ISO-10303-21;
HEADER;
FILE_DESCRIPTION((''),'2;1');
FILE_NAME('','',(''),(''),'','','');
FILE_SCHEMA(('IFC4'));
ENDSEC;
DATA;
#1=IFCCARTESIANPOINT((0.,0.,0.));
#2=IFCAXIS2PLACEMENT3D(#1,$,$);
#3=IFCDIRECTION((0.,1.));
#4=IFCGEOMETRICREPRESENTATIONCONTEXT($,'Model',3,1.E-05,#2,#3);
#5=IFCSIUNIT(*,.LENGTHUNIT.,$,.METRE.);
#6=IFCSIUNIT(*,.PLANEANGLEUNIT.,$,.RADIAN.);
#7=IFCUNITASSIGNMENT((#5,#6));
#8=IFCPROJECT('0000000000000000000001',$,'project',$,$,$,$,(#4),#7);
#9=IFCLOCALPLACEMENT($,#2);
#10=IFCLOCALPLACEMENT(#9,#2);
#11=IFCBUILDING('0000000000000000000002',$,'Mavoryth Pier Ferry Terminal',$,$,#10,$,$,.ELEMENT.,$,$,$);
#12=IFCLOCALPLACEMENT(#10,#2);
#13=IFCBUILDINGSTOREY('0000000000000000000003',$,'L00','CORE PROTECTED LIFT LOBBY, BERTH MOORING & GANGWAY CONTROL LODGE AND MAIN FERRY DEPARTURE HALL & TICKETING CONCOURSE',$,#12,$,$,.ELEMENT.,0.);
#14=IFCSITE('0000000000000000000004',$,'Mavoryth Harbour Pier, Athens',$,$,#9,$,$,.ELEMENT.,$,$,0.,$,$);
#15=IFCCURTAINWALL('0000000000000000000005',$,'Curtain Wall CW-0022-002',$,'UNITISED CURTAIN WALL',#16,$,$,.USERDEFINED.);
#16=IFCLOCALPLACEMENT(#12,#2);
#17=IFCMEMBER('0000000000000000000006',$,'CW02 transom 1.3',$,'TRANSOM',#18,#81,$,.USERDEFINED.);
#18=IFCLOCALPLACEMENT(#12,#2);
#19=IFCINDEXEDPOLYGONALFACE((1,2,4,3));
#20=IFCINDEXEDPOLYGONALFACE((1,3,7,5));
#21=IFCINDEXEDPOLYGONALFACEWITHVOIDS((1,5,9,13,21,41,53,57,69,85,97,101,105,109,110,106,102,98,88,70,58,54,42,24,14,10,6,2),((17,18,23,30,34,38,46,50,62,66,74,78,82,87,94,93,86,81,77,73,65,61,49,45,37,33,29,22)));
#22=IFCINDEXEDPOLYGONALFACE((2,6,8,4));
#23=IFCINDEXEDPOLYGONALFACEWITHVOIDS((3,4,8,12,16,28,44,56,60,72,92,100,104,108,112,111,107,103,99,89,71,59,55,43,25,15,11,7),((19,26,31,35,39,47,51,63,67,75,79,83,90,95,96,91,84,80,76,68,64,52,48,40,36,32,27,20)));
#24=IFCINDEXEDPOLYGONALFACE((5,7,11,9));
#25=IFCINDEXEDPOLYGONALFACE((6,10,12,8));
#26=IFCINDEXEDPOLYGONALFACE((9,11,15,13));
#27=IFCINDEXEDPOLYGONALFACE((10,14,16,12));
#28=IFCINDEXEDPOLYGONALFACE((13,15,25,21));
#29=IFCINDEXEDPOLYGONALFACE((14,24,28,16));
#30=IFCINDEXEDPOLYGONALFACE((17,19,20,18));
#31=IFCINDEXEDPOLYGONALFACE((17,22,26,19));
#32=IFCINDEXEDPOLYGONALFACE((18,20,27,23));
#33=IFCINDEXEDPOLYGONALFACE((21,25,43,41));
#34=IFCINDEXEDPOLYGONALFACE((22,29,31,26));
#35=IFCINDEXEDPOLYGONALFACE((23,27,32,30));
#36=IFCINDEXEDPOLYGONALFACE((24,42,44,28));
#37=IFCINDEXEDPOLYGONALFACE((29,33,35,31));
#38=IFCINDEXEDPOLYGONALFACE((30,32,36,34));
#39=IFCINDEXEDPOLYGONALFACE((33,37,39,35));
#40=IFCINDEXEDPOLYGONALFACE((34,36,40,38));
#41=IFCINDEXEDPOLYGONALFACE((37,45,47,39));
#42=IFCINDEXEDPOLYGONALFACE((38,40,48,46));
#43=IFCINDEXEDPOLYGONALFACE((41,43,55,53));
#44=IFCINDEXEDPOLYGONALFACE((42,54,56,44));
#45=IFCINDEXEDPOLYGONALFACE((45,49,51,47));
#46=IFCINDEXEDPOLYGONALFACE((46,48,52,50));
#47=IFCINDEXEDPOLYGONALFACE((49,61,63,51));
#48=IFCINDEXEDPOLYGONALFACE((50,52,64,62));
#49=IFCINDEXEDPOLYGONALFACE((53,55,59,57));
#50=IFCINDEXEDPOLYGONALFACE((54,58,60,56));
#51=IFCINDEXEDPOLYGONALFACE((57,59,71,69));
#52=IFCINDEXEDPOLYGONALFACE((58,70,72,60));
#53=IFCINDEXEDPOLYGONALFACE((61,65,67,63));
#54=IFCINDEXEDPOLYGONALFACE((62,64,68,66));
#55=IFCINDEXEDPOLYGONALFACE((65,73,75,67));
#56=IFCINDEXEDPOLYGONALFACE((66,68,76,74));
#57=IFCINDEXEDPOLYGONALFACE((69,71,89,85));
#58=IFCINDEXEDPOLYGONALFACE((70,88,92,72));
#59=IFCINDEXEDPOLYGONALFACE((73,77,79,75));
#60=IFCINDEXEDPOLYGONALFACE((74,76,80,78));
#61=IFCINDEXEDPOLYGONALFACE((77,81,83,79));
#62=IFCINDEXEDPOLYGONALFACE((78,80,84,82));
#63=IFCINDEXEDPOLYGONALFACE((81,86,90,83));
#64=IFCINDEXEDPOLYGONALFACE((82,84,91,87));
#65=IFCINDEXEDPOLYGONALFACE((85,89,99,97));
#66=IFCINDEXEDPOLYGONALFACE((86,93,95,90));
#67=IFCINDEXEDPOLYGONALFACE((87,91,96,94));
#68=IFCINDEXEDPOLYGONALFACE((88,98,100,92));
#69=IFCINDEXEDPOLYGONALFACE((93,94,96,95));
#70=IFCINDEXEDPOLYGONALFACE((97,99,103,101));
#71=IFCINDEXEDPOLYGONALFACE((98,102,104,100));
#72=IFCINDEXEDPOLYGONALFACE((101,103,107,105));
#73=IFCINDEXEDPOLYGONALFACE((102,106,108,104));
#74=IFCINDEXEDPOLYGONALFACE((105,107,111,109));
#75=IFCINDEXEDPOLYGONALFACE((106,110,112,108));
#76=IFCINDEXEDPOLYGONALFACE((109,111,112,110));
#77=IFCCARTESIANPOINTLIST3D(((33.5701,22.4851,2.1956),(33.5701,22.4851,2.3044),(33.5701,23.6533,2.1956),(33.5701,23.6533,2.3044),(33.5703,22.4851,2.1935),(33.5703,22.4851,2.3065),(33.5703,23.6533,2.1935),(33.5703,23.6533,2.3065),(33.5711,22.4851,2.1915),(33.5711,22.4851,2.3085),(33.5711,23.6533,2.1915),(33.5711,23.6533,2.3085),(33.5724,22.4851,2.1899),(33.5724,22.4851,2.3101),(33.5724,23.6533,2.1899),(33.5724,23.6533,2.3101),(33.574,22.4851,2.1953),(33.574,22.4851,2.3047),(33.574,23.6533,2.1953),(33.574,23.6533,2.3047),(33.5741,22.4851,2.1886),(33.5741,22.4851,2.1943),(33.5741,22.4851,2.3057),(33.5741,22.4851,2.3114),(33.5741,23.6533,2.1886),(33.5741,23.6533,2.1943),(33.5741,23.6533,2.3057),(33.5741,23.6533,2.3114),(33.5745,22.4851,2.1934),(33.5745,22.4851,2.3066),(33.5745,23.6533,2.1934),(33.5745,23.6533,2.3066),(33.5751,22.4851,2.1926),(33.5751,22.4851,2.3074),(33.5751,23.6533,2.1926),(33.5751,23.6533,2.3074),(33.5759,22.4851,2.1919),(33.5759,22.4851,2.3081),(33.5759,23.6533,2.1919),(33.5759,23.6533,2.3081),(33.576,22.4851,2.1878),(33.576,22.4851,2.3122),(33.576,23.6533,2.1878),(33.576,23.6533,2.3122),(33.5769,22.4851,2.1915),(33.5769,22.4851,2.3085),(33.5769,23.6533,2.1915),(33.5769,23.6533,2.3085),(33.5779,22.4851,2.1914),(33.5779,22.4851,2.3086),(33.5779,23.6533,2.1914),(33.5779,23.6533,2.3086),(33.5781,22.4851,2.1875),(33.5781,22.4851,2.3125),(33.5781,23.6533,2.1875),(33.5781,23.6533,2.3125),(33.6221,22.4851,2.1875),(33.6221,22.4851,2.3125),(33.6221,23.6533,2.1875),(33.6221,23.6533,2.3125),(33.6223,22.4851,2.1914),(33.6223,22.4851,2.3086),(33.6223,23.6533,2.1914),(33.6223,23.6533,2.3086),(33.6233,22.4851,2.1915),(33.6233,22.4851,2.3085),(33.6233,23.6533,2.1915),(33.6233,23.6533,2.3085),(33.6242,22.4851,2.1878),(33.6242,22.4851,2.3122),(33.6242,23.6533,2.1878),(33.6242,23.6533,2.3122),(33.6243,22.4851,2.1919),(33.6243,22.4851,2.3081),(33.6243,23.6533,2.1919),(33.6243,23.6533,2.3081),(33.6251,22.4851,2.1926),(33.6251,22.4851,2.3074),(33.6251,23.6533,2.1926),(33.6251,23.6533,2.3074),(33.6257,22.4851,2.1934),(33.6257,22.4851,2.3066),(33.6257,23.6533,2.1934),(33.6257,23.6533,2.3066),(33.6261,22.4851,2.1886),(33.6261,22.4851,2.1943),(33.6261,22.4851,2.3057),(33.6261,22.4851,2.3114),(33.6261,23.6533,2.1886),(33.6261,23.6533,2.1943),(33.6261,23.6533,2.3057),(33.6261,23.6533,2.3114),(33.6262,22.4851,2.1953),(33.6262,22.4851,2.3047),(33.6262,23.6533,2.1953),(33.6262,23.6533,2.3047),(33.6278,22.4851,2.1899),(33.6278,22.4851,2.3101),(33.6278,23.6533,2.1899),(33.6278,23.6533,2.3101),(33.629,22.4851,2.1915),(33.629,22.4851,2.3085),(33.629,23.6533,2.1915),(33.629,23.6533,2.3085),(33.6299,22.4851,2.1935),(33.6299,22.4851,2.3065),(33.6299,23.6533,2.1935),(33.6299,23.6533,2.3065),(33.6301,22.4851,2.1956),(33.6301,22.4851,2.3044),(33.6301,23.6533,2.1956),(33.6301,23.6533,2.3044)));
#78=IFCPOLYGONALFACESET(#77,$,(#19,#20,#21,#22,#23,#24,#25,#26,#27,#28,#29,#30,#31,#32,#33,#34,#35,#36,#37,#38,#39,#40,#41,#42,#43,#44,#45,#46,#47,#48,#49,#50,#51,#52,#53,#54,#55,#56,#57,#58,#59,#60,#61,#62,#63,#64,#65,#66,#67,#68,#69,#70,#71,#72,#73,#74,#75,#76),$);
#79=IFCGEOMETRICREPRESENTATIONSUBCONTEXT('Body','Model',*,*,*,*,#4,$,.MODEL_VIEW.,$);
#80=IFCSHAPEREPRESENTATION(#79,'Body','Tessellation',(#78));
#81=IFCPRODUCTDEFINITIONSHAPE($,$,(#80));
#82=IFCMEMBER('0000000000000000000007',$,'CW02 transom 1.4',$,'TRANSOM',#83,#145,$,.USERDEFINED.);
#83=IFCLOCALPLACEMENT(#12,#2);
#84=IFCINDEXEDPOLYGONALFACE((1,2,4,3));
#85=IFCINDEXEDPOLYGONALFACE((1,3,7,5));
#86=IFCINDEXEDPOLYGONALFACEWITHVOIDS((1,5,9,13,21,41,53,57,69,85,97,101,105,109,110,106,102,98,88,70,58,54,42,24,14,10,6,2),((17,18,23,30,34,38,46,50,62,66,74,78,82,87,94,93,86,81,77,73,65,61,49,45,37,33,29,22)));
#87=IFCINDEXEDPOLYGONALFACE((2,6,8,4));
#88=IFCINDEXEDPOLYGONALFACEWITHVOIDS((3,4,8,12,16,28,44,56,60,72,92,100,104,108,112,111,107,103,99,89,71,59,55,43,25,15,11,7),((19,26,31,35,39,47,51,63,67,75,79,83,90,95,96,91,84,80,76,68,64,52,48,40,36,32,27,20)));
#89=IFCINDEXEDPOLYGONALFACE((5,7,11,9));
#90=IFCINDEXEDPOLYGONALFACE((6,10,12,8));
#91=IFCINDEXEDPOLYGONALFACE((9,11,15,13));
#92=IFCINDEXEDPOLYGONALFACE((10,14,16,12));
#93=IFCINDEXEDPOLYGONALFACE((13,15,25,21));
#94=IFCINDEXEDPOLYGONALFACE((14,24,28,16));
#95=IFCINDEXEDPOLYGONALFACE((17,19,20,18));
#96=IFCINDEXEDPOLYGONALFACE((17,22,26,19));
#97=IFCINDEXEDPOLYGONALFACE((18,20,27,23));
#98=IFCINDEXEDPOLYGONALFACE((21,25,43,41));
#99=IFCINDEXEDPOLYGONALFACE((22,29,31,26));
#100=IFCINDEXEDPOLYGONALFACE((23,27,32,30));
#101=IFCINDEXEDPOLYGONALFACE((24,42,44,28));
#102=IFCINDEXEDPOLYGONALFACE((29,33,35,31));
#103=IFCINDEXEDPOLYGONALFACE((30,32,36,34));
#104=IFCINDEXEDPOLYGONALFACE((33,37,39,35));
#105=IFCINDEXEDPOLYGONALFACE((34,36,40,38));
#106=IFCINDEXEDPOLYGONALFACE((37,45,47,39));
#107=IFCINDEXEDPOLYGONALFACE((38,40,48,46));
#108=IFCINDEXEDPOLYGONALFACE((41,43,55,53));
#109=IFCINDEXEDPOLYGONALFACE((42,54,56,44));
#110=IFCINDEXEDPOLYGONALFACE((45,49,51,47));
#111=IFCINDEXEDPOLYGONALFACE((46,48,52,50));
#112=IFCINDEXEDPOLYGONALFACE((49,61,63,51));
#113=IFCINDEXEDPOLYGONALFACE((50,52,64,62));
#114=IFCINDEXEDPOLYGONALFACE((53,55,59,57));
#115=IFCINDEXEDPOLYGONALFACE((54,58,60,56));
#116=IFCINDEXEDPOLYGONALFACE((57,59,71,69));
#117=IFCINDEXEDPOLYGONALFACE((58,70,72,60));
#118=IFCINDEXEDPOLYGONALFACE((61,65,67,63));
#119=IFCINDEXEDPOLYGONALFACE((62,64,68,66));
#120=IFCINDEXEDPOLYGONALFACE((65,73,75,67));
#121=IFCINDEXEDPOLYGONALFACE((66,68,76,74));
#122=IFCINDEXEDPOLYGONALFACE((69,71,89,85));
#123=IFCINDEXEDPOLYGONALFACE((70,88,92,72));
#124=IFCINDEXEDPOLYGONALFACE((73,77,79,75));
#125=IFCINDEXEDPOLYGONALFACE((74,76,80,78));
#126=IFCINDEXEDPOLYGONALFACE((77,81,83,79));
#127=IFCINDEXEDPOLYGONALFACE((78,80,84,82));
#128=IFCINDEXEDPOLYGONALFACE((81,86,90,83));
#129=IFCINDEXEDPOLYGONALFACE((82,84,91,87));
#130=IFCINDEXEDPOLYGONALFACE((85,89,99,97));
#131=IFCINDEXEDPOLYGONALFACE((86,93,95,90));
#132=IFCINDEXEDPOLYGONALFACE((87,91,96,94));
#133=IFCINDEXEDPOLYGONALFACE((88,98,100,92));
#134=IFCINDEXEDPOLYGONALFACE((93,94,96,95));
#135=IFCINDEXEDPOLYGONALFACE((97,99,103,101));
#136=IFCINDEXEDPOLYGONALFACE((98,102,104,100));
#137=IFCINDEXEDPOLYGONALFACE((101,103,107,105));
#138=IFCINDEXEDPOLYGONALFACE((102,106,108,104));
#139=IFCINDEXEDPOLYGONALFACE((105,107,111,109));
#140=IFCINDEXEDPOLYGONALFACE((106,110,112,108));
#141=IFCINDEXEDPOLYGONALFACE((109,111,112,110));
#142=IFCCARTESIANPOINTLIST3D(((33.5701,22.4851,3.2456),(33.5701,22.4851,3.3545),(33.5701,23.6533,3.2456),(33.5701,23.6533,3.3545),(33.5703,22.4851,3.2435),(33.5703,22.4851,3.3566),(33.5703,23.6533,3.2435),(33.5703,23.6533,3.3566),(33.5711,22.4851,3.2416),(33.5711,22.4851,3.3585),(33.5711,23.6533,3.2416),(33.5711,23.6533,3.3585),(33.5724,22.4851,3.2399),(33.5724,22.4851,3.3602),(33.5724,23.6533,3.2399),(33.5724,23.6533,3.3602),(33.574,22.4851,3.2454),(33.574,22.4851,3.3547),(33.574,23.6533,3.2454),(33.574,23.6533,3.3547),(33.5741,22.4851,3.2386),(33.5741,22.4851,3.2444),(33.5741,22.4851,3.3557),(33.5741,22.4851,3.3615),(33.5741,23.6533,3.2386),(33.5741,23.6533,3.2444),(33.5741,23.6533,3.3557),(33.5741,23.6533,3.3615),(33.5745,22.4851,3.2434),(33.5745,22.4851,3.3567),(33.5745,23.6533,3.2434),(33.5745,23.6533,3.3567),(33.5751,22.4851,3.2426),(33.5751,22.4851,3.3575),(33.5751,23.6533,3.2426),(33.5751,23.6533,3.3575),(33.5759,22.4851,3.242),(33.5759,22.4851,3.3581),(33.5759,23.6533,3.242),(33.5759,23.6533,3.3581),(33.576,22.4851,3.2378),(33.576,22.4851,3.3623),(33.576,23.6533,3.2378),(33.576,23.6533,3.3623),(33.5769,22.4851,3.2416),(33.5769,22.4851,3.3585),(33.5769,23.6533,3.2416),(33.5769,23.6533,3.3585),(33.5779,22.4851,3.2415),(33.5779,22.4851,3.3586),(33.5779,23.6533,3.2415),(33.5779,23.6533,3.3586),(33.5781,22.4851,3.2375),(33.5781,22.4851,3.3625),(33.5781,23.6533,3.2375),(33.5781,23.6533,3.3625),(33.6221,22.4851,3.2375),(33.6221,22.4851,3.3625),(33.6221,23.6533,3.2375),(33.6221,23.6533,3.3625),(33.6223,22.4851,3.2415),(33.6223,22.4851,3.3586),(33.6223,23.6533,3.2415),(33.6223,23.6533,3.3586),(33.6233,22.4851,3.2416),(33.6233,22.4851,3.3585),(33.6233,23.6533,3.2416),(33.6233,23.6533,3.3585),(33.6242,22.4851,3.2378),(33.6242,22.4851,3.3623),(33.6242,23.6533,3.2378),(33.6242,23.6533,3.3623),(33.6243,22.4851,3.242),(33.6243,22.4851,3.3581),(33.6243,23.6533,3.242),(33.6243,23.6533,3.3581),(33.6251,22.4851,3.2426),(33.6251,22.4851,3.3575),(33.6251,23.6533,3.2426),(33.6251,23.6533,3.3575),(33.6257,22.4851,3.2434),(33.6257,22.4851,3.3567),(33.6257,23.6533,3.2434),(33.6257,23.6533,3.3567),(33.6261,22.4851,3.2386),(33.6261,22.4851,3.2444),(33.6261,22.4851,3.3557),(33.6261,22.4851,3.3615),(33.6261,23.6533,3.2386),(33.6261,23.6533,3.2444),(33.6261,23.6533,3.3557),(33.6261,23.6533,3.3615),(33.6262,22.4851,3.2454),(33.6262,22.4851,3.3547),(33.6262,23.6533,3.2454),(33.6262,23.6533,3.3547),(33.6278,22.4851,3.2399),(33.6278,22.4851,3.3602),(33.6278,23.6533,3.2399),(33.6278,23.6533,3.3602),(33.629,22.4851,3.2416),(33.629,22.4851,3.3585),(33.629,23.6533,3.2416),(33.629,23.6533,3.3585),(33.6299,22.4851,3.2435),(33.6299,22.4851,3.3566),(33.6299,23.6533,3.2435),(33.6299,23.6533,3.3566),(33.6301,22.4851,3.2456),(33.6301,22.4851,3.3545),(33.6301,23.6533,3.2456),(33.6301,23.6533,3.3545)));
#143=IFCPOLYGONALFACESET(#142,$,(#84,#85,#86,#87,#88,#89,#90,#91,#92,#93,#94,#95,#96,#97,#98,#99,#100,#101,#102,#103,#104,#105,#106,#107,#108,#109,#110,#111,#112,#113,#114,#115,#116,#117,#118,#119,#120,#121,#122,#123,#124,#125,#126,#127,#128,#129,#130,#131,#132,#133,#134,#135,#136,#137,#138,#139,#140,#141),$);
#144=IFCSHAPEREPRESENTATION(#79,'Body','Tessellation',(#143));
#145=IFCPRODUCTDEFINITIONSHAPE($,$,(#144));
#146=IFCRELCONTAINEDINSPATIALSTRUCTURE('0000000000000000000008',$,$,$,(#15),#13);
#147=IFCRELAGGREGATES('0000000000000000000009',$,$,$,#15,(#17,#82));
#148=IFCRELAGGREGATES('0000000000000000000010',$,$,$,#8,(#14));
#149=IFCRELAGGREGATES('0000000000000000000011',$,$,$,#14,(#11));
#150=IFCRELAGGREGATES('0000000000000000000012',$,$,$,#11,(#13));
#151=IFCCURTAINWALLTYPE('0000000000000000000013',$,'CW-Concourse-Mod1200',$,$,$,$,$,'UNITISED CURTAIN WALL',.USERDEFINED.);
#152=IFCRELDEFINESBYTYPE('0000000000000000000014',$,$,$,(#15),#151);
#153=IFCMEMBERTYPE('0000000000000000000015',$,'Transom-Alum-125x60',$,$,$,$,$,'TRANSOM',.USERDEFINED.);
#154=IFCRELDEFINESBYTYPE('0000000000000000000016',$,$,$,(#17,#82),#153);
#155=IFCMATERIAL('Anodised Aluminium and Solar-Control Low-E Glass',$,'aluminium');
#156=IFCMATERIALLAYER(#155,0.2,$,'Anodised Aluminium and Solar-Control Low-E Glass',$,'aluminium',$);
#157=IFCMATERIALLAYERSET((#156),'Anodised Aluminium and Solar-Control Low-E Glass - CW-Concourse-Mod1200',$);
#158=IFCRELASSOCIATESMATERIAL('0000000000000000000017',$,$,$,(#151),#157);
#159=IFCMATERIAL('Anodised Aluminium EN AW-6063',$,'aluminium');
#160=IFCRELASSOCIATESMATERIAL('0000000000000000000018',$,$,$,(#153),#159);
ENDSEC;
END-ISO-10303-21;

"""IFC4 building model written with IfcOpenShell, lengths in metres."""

from ifc_helpers import new_model, si_unit, direction, frame, origin, origin_2d, place, context, subcontext, project, spatial, hollow_rectangle, extrude, material, layer, layer_set, material_profile, profile_set, type_object, element, aggregate, save


model = new_model("IFC4")

# Units and contexts
model_context = context("Model", 3, precision=1e-05, world=origin(), true_north=direction((0.0, 1.0)))
body_context = subcontext(model_context, "Body", "Model", "MODEL_VIEW")
ifc_project = project(units=[si_unit("LENGTHUNIT", "METRE"), si_unit("PLANEANGLEUNIT", "RADIAN")], contexts=[model_context])

# Site, building, storey
site_placement = place(None, origin())
site = spatial("IfcSite", under=ifc_project, at=site_placement, Name="Mavoryth Harbour Pier, Athens", CompositionType="ELEMENT", RefElevation=0.0)
building_placement = place(site_placement, origin())
building = spatial("IfcBuilding", under=site, at=building_placement, Name="Mavoryth Pier Ferry Terminal", CompositionType="ELEMENT")
storey_placement = place(building_placement, origin())
storey = spatial("IfcBuildingStorey", under=building, at=storey_placement, Name="L00", Description="CORE PROTECTED LIFT LOBBY, BERTH MOORING & GANGWAY CONTROL LODGE AND MAIN FERRY DEPARTURE HALL & TICKETING CONCOURSE", CompositionType="ELEMENT", Elevation=0.0)

# Curtain wall, members
ifc_material_1 = material(Name="Anodised Aluminium and Solar-Control Low-E Glass", Category="aluminium")
ifc_layer_1 = layer(ifc_material_1, 0.2, Name="Anodised Aluminium and Solar-Control Low-E Glass", Category="aluminium")
ifc_layer_set_1 = layer_set([ifc_layer_1], Name="Anodised Aluminium and Solar-Control Low-E Glass - CW-Concourse-Mod1200")
curtain_wall_type = type_object("IfcCurtainWallType", Name="CW-Concourse-Mod1200", ElementType="UNITISED CURTAIN WALL", PredefinedType="USERDEFINED", material=ifc_layer_set_1)
curtain_wall_placement = place(storey_placement, origin())
curtain_wall = element("IfcCurtainWall", 1, at=curtain_wall_placement, inside=storey, type_object=curtain_wall_type, Name="Curtain Wall CW-0022-002", ObjectType="UNITISED CURTAIN WALL", PredefinedType="USERDEFINED")
ifc_material_2 = material(Name="Anodised Aluminium EN AW-6063", Category="aluminium")
ifc_material_profile_1 = material_profile(ifc_material_2, hollow_rectangle(XDim=0.0601, YDim=0.125, WallThickness=0.0039, InnerFilletRadius=0.0039, OuterFilletRadius=0.0081, at=origin_2d()), Name="AL-TRAN 125x60x4", Category="aluminium")
ifc_profile_set_1 = profile_set([ifc_material_profile_1], Name="Anodised Aluminium EN AW-6063 - AL-TRAN 125x60x4")
member_type_1 = type_object("IfcMemberType", Name="Transom-Alum-125x60", ElementType="TRANSOM", PredefinedType="USERDEFINED", material=ifc_profile_set_1)
member_1_placement = place(storey_placement, frame((33.6001, 22.4851, 2.25), z_axis=(0.0, 1.0, 0.0), x_axis=(-1.0, 0.0, 0.0)))
member_1 = element("IfcMember", 2, at=member_1_placement, type_object=member_type_1, Name="CW02 transom 1.3", ObjectType="TRANSOM", PredefinedType="USERDEFINED", context=body_context, shape_type="SweptSolid", body=[
    extrude(hollow_rectangle(XDim=0.0601, YDim=0.125, WallThickness=0.0039, InnerFilletRadius=0.0039, OuterFilletRadius=0.0081, at=origin_2d()), origin(), (0.0, 0.0, 1.0), 1.1682),
])
member_2_placement = place(storey_placement, frame((33.6001, 22.4851, 3.3), z_axis=(0.0, 1.0, 0.0), x_axis=(-1.0, 0.0, 0.0)))
member_2 = element("IfcMember", 3, at=member_2_placement, type_object=member_type_1, Name="CW02 transom 1.4", ObjectType="TRANSOM", PredefinedType="USERDEFINED", context=body_context, shape_type="SweptSolid", body=[
    extrude(hollow_rectangle(XDim=0.0601, YDim=0.125, WallThickness=0.0039, InnerFilletRadius=0.0039, OuterFilletRadius=0.0081, at=origin_2d()), origin(), (0.0, 0.0, 1.0), 1.1682),
])
aggregate(curtain_wall, [member_1, member_2])

save(model, "model.ifc")
